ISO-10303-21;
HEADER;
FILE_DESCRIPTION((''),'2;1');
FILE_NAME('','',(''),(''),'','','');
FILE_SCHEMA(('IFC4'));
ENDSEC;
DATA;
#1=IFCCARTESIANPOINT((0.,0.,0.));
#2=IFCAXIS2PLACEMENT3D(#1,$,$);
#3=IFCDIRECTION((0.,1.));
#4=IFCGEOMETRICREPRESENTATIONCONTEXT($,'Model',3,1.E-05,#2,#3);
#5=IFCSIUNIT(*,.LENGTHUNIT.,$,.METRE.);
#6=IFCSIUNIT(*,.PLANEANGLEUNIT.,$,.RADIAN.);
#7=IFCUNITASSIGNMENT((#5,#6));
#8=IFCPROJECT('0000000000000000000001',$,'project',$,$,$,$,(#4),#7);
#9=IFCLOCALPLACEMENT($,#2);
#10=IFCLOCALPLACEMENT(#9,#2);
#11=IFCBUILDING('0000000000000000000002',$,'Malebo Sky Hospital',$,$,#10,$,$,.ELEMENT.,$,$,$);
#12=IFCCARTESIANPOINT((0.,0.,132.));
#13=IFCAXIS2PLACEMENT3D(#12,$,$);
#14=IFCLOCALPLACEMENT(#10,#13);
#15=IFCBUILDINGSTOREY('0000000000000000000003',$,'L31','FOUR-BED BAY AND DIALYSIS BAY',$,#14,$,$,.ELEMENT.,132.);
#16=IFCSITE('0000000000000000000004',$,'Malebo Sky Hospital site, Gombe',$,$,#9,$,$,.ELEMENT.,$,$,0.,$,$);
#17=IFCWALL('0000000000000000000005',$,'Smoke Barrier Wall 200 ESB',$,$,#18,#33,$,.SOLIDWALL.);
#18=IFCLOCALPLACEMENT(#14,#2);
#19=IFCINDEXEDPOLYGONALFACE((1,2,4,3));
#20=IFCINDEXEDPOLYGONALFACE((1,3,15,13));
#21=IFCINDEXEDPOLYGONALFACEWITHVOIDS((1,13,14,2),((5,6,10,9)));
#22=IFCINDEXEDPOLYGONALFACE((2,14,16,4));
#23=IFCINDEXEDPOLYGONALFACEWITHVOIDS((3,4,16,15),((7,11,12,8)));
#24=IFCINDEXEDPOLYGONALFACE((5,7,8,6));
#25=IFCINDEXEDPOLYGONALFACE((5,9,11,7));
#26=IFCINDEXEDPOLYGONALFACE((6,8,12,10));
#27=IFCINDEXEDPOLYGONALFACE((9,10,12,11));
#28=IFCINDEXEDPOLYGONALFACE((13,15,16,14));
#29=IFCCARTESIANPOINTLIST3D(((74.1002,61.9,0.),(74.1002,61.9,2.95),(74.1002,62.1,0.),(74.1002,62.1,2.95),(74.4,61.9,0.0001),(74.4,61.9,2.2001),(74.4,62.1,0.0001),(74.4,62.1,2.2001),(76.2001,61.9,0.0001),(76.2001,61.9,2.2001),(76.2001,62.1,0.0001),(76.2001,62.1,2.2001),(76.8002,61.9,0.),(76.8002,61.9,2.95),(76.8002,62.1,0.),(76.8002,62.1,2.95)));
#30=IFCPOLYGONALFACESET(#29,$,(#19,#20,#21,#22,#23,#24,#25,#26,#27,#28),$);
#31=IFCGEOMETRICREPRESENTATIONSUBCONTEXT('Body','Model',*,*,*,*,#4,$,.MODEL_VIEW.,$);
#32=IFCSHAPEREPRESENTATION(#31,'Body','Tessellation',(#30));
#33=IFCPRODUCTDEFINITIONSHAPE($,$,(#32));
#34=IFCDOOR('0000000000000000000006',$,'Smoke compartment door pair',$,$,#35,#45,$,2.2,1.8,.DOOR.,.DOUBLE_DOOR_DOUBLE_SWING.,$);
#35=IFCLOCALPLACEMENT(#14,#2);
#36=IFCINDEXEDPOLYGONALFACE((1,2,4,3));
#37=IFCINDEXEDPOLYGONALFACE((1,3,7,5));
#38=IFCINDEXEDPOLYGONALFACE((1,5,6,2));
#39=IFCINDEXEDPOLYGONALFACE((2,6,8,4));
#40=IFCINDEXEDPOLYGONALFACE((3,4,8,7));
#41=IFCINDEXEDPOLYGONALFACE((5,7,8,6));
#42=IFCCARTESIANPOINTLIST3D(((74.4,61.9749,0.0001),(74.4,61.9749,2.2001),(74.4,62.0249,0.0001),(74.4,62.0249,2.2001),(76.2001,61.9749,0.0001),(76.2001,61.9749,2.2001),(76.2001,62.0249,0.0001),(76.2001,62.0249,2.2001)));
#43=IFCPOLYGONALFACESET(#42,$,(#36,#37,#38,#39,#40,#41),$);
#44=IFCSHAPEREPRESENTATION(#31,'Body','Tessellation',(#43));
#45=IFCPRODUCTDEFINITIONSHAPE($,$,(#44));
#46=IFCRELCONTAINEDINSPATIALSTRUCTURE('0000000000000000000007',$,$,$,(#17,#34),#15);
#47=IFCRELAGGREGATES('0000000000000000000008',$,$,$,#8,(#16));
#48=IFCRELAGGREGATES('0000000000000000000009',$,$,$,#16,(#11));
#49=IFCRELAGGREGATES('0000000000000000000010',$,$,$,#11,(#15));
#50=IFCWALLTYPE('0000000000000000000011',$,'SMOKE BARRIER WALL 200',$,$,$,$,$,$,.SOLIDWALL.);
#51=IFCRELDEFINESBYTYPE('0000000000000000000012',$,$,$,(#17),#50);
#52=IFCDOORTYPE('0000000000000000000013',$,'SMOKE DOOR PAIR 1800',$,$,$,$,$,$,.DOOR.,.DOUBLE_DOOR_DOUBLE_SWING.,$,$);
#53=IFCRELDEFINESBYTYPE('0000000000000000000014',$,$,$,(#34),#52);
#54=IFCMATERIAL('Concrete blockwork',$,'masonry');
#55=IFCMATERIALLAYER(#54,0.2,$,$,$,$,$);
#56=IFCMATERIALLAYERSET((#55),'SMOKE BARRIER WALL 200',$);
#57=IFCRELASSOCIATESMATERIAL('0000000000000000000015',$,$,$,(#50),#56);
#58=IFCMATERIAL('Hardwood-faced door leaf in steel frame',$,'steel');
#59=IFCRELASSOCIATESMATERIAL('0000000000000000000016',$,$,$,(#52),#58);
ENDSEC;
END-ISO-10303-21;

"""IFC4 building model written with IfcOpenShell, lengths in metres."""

from ifc_helpers import new_model, si_unit, direction, frame, frame_2d, origin, place, context, subcontext, project, spatial, rectangle, extrude, material, layer, layer_set, type_object, element, fill, save


model = new_model("IFC4")

# Units and contexts
model_context = context("Model", 3, precision=1e-05, world=origin(), true_north=direction((0.0, 1.0)))
body_context = subcontext(model_context, "Body", "Model", "MODEL_VIEW")
ifc_project = project(units=[si_unit("LENGTHUNIT", "METRE"), si_unit("PLANEANGLEUNIT", "RADIAN")], contexts=[model_context])

# Site, building, storey
site_placement = place(None, origin())
site = spatial("IfcSite", under=ifc_project, at=site_placement, Name="Malebo Sky Hospital site, Gombe", CompositionType="ELEMENT", RefElevation=0.0)
building_placement = place(site_placement, origin())
building = spatial("IfcBuilding", under=site, at=building_placement, Name="Malebo Sky Hospital", CompositionType="ELEMENT")
storey_placement = place(building_placement, frame((0.0, 0.0, 132.0)))
storey = spatial("IfcBuildingStorey", under=building, at=storey_placement, Name="L31", Description="FOUR-BED BAY AND DIALYSIS BAY", CompositionType="ELEMENT", Elevation=132.0)

# Shared definitions
ifc_material_1 = material(Name="Hardwood-faced door leaf in steel frame", Category="steel")

# Shared definitions
ifc_material_2 = material(Name="Concrete blockwork", Category="masonry")
ifc_layer_1 = layer(ifc_material_2, 0.2)
ifc_layer_set_1 = layer_set([ifc_layer_1], Name="SMOKE BARRIER WALL 200")
wall_type_1 = type_object("IfcWallType", Name="SMOKE BARRIER WALL 200", PredefinedType="SOLIDWALL", material=ifc_layer_set_1)

# Wall, opening, door
wall_1_placement = place(storey_placement, frame((74.1001, 62.0, 0.0), z_axis=(0.0, 0.0, 1.0), x_axis=(1.0, 0.0, 0.0)))
wall_1 = element("IfcWall", 1, at=wall_1_placement, inside=storey, type_object=wall_type_1, Name="Smoke Barrier Wall 200 ESB", PredefinedType="SOLIDWALL", context=body_context, shape_type="SweptSolid", body=[
    extrude(rectangle(XDim=2.7, YDim=0.2, at=frame_2d((1.3501, 0.0))), origin(), (0.0, 0.0, 1.0), 2.95),
])
opening_1_placement = place(wall_1_placement, frame((0.3, 0.0, 0.0)))
opening_1 = element("IfcOpeningElement", 2, at=opening_1_placement, cuts=wall_1, PredefinedType="OPENING", context=body_context, shape_type="SweptSolid", body=[
    extrude(rectangle(XDim=1.8, YDim=2.2, at=frame_2d((0.8999, 1.1001))), frame((0.0, 0.1099, 0.0), z_axis=(0.0, -1.0, 0.0), x_axis=(1.0, 0.0, 0.0)), (0.0, 0.0, 1.0), 0.22),
])
door_type_1 = type_object("IfcDoorType", Name="SMOKE DOOR PAIR 1800", OperationType="DOUBLE_DOOR_DOUBLE_SWING", PredefinedType="DOOR", material=ifc_material_1)
door_1_placement = place(opening_1_placement, origin())
door_1 = element("IfcDoor", 3, at=door_1_placement, inside=storey, type_object=door_type_1, Name="Smoke compartment door pair", OperationType="DOUBLE_DOOR_DOUBLE_SWING", OverallHeight=2.2, OverallWidth=1.8, PredefinedType="DOOR", context=body_context, shape_type="SweptSolid", body=[
    extrude(rectangle(XDim=1.8, YDim=2.2, at=frame_2d((0.8999, 1.1001))), frame((0.0, 0.0249, 0.0), z_axis=(0.0, -1.0, 0.0), x_axis=(1.0, 0.0, 0.0)), (0.0, 0.0, 1.0), 0.05),
])
fill(opening_1, door_1)

save(model, "model.ifc")
